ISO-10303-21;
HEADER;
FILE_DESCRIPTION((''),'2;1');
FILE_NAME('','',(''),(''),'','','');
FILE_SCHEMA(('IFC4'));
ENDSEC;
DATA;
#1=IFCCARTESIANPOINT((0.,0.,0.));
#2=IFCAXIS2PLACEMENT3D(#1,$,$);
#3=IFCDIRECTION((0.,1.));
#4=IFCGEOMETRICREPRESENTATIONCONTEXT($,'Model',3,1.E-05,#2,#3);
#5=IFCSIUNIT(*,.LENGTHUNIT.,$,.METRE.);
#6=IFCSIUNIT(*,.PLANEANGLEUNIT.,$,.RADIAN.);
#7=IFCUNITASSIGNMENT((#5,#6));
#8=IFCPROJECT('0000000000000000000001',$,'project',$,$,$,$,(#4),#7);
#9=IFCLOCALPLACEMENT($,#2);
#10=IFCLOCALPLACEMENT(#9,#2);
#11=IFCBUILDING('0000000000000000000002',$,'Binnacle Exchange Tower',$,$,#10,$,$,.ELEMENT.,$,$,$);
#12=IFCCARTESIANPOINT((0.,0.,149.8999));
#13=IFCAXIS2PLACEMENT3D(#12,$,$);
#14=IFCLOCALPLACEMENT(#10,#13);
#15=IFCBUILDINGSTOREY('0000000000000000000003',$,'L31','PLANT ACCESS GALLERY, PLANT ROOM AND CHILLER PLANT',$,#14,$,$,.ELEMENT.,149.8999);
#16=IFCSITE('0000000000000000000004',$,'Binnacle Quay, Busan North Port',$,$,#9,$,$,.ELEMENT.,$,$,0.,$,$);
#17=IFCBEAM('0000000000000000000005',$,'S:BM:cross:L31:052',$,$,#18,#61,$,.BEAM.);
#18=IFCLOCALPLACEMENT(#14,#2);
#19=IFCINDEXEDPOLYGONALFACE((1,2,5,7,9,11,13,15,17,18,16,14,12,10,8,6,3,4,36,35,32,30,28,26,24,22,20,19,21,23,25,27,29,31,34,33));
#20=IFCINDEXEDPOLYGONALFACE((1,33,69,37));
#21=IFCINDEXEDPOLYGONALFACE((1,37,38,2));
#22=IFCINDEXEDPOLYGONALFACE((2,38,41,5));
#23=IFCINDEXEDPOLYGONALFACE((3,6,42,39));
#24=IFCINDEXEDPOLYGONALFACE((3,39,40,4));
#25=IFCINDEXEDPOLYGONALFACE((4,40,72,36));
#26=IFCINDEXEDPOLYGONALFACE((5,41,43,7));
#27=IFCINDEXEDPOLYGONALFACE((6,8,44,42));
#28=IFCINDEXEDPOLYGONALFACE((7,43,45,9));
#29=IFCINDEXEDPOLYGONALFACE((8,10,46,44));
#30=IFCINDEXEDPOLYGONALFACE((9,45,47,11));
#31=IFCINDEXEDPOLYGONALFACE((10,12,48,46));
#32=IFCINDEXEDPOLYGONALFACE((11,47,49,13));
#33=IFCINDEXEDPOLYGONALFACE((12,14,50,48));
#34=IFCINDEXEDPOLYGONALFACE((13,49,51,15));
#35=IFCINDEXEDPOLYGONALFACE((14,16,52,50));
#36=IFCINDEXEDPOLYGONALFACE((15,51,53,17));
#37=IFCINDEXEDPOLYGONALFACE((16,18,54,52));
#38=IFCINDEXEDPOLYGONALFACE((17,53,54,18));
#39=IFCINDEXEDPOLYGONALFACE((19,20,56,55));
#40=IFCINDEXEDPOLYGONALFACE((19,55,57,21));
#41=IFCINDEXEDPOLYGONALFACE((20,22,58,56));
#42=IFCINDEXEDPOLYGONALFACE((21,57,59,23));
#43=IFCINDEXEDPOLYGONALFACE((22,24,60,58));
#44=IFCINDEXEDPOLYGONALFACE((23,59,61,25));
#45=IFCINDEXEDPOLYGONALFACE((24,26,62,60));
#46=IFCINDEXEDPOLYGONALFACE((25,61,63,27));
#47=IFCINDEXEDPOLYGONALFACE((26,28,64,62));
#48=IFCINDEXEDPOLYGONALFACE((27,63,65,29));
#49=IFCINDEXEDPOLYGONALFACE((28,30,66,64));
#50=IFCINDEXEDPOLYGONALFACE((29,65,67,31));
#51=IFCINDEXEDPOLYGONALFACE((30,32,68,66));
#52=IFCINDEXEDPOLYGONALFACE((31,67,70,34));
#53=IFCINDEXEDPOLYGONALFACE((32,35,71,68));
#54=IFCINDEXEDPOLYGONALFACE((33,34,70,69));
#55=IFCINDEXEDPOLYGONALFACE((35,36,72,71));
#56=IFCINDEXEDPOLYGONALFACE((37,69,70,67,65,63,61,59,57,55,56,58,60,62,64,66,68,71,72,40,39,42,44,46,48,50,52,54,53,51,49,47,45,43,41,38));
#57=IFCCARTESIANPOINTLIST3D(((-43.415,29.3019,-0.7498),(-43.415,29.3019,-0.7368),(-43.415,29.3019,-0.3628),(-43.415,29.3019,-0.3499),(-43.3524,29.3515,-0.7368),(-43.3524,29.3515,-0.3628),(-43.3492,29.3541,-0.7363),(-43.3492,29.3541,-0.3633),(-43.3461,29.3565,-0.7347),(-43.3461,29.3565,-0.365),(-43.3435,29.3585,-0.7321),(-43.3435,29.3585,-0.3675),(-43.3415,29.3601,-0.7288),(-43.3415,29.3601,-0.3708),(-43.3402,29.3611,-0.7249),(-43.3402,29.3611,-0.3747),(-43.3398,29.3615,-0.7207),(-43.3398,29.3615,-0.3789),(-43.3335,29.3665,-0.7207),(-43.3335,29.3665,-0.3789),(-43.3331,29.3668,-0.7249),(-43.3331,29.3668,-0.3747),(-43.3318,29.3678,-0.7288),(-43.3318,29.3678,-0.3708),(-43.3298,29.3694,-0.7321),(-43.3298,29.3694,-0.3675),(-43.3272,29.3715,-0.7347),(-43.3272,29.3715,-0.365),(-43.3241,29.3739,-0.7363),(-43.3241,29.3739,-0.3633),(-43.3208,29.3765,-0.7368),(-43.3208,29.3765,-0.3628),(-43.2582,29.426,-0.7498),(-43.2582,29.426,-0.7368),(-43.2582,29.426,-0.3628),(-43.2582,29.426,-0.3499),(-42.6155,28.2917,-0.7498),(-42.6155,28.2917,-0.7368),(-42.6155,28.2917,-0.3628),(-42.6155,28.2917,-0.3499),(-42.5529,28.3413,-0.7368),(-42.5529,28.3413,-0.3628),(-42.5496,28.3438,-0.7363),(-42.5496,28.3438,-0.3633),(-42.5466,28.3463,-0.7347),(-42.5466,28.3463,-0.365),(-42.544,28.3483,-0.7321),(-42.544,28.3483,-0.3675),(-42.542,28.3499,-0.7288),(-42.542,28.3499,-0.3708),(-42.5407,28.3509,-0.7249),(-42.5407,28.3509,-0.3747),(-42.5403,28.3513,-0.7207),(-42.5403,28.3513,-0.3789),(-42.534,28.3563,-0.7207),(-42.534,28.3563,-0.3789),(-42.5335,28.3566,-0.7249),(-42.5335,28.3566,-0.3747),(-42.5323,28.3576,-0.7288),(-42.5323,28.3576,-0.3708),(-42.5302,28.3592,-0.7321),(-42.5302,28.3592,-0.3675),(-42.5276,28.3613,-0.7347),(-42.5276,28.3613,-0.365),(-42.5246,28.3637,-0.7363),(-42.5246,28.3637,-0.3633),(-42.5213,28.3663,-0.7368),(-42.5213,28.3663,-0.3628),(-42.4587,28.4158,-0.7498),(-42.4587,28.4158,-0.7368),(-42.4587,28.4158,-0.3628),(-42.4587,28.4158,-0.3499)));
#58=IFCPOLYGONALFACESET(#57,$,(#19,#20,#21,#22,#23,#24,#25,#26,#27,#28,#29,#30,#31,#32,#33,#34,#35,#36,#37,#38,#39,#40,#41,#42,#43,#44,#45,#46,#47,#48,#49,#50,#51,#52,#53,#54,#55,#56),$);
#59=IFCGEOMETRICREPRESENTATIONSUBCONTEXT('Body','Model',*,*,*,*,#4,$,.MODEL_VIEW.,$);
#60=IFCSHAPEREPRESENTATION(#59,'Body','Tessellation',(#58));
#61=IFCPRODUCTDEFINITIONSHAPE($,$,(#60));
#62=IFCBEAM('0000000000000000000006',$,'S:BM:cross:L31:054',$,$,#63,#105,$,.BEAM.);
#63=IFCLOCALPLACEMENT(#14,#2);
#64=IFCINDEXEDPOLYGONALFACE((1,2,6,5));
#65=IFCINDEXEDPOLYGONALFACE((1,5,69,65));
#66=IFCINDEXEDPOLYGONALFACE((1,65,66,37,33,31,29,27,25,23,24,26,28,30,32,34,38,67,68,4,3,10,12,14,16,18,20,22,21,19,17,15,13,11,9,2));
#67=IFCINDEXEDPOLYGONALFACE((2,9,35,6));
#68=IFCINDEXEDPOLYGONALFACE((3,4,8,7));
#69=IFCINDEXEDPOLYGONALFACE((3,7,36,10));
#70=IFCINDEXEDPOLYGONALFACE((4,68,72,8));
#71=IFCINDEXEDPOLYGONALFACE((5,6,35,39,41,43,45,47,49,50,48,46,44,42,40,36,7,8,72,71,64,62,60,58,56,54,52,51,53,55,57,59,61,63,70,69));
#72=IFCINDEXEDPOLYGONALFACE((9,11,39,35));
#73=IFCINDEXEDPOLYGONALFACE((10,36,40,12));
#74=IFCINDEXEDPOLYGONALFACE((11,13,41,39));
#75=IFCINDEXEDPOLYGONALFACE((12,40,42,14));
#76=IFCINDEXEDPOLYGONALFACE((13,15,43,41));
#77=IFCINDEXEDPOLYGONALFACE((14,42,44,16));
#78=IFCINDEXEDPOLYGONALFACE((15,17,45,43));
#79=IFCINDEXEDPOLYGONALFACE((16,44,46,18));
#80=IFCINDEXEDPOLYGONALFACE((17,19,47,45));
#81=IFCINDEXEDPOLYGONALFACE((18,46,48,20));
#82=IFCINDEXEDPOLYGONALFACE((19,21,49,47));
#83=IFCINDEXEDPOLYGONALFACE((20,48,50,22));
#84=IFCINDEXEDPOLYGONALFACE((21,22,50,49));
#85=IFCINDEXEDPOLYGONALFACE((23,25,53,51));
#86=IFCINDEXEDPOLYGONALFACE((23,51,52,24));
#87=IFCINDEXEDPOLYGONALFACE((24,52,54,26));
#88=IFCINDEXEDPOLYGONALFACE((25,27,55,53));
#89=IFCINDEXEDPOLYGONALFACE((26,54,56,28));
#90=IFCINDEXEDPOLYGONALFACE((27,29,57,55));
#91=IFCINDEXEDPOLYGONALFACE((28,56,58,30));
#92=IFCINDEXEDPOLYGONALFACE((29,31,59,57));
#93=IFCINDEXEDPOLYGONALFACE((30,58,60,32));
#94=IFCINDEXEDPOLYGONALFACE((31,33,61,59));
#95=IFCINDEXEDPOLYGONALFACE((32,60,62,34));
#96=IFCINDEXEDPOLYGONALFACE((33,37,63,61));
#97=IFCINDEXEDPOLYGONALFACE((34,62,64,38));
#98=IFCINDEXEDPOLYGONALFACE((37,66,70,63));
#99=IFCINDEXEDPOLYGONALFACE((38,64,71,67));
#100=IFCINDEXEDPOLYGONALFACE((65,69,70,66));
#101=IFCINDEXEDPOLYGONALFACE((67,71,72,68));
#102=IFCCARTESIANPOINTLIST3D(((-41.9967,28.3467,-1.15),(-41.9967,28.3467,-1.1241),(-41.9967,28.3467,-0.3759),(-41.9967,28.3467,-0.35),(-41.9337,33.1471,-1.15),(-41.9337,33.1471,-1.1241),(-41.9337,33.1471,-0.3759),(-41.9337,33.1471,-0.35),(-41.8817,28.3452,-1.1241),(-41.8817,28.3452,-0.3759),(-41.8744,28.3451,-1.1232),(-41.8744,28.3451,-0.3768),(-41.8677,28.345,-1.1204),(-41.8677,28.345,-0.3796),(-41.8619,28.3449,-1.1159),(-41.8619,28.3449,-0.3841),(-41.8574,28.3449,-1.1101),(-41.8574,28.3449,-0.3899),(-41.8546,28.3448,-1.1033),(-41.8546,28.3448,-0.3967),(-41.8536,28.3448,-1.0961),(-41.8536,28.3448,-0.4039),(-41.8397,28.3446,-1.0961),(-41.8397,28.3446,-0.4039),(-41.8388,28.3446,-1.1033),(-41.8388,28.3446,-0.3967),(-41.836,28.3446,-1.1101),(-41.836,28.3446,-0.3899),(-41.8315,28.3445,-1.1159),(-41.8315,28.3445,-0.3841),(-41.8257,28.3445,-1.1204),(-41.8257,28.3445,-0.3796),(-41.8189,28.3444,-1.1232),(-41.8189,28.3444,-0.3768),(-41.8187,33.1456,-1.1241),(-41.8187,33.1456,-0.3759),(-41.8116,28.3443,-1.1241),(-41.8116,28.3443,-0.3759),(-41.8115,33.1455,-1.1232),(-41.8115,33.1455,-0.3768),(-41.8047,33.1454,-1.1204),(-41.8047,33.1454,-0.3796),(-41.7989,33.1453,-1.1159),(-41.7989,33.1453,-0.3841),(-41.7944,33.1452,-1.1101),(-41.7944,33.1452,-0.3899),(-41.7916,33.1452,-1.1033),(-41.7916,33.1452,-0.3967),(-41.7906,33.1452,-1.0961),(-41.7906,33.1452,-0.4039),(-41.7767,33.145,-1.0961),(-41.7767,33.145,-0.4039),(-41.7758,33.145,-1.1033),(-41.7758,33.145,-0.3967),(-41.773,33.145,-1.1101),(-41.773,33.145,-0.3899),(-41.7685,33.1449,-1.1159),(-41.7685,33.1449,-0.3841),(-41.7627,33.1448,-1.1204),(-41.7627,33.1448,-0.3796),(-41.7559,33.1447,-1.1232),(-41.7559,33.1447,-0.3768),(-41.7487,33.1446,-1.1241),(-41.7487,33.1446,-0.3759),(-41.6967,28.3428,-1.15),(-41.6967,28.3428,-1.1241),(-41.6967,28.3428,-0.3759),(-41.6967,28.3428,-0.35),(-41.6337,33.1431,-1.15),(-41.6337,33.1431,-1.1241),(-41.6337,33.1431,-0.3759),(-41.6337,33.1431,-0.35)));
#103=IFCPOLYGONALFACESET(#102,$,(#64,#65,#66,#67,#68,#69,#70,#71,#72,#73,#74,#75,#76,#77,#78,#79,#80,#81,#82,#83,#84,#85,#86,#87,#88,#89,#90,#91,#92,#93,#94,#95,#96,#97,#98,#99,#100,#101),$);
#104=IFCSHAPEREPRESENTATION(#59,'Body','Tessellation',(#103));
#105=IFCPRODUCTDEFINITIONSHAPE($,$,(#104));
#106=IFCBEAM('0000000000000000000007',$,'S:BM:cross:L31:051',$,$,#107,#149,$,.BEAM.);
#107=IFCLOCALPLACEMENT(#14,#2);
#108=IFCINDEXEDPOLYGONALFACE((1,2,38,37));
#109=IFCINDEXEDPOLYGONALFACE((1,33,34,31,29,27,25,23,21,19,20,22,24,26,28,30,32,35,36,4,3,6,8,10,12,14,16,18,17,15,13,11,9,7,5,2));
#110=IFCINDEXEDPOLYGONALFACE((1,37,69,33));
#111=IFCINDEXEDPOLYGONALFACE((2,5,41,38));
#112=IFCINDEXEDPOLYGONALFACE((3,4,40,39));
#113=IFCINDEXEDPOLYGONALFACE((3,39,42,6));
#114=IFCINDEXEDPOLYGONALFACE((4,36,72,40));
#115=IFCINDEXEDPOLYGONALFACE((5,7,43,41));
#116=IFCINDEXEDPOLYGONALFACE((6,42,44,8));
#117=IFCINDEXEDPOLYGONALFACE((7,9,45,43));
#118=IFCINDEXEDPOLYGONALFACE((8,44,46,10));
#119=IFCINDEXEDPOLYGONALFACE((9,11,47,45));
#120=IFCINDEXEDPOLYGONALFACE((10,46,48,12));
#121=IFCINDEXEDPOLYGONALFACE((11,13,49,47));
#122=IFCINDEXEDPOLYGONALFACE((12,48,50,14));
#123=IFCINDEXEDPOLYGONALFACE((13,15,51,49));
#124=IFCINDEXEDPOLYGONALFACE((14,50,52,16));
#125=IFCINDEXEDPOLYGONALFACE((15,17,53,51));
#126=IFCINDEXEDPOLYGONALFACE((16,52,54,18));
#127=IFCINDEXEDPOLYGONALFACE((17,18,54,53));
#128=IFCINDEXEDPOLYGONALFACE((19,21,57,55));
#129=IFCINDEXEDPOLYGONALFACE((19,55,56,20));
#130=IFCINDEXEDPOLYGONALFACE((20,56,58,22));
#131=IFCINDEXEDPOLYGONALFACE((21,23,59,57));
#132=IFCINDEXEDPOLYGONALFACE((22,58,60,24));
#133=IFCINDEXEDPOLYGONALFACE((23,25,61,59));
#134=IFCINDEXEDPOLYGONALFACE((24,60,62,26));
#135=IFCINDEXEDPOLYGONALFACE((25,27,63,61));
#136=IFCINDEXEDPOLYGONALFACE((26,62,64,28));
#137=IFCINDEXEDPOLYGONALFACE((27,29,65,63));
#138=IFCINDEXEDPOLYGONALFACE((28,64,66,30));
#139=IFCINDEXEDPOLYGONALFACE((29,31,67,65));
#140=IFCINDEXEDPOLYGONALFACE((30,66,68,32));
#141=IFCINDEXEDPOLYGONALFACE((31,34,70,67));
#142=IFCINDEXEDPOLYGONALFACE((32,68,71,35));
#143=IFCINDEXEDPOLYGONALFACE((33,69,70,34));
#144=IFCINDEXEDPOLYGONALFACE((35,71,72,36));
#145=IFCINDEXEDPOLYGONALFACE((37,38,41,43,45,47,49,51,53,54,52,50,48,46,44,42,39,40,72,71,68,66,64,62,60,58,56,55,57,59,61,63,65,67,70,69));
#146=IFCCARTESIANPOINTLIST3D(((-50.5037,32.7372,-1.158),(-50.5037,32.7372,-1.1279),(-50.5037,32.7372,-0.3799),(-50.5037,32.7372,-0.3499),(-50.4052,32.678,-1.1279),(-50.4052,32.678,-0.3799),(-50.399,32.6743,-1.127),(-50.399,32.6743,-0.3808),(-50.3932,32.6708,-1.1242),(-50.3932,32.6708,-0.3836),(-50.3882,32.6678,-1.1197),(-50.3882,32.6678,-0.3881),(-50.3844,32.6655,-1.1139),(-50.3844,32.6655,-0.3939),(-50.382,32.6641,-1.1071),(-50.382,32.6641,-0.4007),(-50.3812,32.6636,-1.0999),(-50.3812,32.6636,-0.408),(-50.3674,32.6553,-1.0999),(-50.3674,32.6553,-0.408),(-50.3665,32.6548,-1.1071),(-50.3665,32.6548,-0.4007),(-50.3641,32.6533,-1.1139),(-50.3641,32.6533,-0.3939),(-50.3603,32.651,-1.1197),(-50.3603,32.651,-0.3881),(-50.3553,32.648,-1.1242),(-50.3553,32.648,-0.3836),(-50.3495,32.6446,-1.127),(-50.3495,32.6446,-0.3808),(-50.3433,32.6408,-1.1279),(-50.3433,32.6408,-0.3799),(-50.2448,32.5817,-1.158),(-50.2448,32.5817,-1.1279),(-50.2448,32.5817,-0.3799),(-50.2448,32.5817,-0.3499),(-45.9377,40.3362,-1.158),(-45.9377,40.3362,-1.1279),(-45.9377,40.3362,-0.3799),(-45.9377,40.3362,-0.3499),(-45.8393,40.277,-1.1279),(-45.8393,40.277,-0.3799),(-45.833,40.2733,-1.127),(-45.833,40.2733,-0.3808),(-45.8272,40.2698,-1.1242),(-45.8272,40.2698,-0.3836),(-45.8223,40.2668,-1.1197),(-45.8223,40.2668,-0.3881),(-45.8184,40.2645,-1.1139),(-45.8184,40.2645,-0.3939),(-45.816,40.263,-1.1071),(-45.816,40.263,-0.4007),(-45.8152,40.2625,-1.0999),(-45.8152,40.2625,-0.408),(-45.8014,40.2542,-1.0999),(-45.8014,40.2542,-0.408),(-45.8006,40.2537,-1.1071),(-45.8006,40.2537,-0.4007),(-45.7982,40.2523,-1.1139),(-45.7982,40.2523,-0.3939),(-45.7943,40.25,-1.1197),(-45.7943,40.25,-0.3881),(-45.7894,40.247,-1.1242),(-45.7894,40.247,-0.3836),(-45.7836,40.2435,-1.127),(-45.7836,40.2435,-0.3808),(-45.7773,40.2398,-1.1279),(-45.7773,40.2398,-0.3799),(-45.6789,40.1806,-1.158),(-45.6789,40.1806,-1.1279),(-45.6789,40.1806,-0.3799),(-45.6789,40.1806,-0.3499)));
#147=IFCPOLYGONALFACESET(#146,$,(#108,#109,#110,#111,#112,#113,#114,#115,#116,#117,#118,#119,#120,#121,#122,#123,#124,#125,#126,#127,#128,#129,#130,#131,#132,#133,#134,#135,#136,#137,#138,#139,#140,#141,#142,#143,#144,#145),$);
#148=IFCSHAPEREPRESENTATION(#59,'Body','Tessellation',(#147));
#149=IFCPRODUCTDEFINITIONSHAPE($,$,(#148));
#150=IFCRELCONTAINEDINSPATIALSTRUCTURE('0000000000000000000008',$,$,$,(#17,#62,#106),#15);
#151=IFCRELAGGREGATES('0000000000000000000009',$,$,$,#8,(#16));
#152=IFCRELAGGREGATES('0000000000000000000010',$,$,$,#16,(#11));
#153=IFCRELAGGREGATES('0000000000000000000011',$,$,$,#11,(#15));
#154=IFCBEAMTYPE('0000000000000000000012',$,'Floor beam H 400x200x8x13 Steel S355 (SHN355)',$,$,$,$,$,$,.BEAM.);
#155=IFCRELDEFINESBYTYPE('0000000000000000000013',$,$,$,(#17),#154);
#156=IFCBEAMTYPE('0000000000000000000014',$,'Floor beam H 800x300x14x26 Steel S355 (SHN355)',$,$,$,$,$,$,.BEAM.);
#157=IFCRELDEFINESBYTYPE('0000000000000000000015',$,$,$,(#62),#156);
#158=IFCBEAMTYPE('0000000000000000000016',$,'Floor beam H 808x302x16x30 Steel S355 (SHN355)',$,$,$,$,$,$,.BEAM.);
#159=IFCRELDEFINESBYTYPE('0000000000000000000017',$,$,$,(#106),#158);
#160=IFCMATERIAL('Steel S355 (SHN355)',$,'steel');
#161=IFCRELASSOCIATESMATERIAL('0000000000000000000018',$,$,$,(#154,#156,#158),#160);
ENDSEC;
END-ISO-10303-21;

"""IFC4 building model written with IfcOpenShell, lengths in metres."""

from ifc_helpers import new_model, si_unit, direction, frame, origin, origin_2d, place, context, subcontext, project, spatial, i_section, extrude, material, material_profile, profile_set, type_object, element, save


model = new_model("IFC4")

# Units and contexts
model_context = context("Model", 3, precision=1e-05, world=origin(), true_north=direction((0.0, 1.0)))
body_context = subcontext(model_context, "Body", "Model", "MODEL_VIEW")
ifc_project = project(units=[si_unit("LENGTHUNIT", "METRE"), si_unit("PLANEANGLEUNIT", "RADIAN")], contexts=[model_context])

# Site, building, storey
site_placement = place(None, origin())
site = spatial("IfcSite", under=ifc_project, at=site_placement, Name="Binnacle Quay, Busan North Port", CompositionType="ELEMENT", RefElevation=0.0)
building_placement = place(site_placement, origin())
building = spatial("IfcBuilding", under=site, at=building_placement, Name="Binnacle Exchange Tower", CompositionType="ELEMENT")
storey_placement = place(building_placement, frame((0.0, 0.0, 149.8999)))
storey = spatial("IfcBuildingStorey", under=building, at=storey_placement, Name="L31", Description="PLANT ACCESS GALLERY, PLANT ROOM AND CHILLER PLANT", CompositionType="ELEMENT", Elevation=149.8999)

# Shared definitions
ifc_material_1 = material(Name="Steel S355 (SHN355)", Category="steel")

# Beams
ifc_material_profile_1 = material_profile(ifc_material_1, i_section(OverallWidth=0.2, OverallDepth=0.3999, WebThickness=0.0081, FlangeThickness=0.0129, FilletRadius=0.0161, at=origin_2d()), Name="H 400x200x8x13")
ifc_profile_set_1 = profile_set([ifc_material_profile_1], Name="Steel S355 (SHN355)")
beam_type_1 = type_object("IfcBeamType", Name="Floor beam H 400x200x8x13 Steel S355 (SHN355)", PredefinedType="BEAM", material=ifc_profile_set_1)
beam_1_placement = place(storey_placement, frame((-42.5371, 28.3538, -0.5498), z_axis=(-0.620596, 0.78413, 0.0), x_axis=(-0.78413, -0.620596, 0.0)))
element("IfcBeam", 1, at=beam_1_placement, inside=storey, type_object=beam_type_1, Name="S:BM:cross:L31:052", PredefinedType="BEAM", context=body_context, shape_type="SweptSolid", body=[
    extrude(i_section(OverallWidth=0.2, OverallDepth=0.3999, WebThickness=0.0081, FlangeThickness=0.0129, FilletRadius=0.0161, at=origin_2d()), origin(), (0.0, 0.0, 1.0), 1.2883),
])
ifc_material_profile_2 = material_profile(ifc_material_1, i_section(OverallWidth=0.3, OverallDepth=0.8, WebThickness=0.0139, FlangeThickness=0.0259, FilletRadius=0.0281, at=origin_2d()), Name="H 800x300x14x26")
ifc_profile_set_2 = profile_set([ifc_material_profile_2], Name="Steel S355 (SHN355)")
beam_type_2 = type_object("IfcBeamType", Name="Floor beam H 800x300x14x26 Steel S355 (SHN355)", PredefinedType="BEAM", material=ifc_profile_set_2)
beam_2_placement = place(storey_placement, frame((-41.8467, 28.3447, -0.75), z_axis=(0.013121, 0.999914, 0.0), x_axis=(-0.999914, 0.013121, 0.0)))
element("IfcBeam", 2, at=beam_2_placement, inside=storey, type_object=beam_type_2, Name="S:BM:cross:L31:054", PredefinedType="BEAM", context=body_context, shape_type="SweptSolid", body=[
    extrude(i_section(OverallWidth=0.3, OverallDepth=0.8, WebThickness=0.0139, FlangeThickness=0.0259, FilletRadius=0.0281, at=origin_2d()), origin(), (0.0, 0.0, 1.0), 4.8008),
])
ifc_material_profile_3 = material_profile(ifc_material_1, i_section(OverallWidth=0.302, OverallDepth=0.8081, WebThickness=0.0161, FlangeThickness=0.03, FilletRadius=0.0281, at=origin_2d()), Name="H 808x302x16x30")
ifc_profile_set_3 = profile_set([ifc_material_profile_3], Name="Steel S355 (SHN355)")
beam_type_3 = type_object("IfcBeamType", Name="Floor beam H 808x302x16x30 Steel S355 (SHN355)", PredefinedType="BEAM", material=ifc_profile_set_3)
beam_3_placement = place(storey_placement, frame((-50.3743, 32.6594, -0.7539), z_axis=(0.515042, 0.857165, 0.0), x_axis=(-0.857165, 0.515042, 0.0)))
element("IfcBeam", 3, at=beam_3_placement, inside=storey, type_object=beam_type_3, Name="S:BM:cross:L31:051", PredefinedType="BEAM", context=body_context, shape_type="SweptSolid", body=[
    extrude(i_section(OverallWidth=0.302, OverallDepth=0.8081, WebThickness=0.0161, FlangeThickness=0.03, FilletRadius=0.0281, at=origin_2d()), origin(), (0.0, 0.0, 1.0), 8.8652),
])

save(model, "model.ifc")
